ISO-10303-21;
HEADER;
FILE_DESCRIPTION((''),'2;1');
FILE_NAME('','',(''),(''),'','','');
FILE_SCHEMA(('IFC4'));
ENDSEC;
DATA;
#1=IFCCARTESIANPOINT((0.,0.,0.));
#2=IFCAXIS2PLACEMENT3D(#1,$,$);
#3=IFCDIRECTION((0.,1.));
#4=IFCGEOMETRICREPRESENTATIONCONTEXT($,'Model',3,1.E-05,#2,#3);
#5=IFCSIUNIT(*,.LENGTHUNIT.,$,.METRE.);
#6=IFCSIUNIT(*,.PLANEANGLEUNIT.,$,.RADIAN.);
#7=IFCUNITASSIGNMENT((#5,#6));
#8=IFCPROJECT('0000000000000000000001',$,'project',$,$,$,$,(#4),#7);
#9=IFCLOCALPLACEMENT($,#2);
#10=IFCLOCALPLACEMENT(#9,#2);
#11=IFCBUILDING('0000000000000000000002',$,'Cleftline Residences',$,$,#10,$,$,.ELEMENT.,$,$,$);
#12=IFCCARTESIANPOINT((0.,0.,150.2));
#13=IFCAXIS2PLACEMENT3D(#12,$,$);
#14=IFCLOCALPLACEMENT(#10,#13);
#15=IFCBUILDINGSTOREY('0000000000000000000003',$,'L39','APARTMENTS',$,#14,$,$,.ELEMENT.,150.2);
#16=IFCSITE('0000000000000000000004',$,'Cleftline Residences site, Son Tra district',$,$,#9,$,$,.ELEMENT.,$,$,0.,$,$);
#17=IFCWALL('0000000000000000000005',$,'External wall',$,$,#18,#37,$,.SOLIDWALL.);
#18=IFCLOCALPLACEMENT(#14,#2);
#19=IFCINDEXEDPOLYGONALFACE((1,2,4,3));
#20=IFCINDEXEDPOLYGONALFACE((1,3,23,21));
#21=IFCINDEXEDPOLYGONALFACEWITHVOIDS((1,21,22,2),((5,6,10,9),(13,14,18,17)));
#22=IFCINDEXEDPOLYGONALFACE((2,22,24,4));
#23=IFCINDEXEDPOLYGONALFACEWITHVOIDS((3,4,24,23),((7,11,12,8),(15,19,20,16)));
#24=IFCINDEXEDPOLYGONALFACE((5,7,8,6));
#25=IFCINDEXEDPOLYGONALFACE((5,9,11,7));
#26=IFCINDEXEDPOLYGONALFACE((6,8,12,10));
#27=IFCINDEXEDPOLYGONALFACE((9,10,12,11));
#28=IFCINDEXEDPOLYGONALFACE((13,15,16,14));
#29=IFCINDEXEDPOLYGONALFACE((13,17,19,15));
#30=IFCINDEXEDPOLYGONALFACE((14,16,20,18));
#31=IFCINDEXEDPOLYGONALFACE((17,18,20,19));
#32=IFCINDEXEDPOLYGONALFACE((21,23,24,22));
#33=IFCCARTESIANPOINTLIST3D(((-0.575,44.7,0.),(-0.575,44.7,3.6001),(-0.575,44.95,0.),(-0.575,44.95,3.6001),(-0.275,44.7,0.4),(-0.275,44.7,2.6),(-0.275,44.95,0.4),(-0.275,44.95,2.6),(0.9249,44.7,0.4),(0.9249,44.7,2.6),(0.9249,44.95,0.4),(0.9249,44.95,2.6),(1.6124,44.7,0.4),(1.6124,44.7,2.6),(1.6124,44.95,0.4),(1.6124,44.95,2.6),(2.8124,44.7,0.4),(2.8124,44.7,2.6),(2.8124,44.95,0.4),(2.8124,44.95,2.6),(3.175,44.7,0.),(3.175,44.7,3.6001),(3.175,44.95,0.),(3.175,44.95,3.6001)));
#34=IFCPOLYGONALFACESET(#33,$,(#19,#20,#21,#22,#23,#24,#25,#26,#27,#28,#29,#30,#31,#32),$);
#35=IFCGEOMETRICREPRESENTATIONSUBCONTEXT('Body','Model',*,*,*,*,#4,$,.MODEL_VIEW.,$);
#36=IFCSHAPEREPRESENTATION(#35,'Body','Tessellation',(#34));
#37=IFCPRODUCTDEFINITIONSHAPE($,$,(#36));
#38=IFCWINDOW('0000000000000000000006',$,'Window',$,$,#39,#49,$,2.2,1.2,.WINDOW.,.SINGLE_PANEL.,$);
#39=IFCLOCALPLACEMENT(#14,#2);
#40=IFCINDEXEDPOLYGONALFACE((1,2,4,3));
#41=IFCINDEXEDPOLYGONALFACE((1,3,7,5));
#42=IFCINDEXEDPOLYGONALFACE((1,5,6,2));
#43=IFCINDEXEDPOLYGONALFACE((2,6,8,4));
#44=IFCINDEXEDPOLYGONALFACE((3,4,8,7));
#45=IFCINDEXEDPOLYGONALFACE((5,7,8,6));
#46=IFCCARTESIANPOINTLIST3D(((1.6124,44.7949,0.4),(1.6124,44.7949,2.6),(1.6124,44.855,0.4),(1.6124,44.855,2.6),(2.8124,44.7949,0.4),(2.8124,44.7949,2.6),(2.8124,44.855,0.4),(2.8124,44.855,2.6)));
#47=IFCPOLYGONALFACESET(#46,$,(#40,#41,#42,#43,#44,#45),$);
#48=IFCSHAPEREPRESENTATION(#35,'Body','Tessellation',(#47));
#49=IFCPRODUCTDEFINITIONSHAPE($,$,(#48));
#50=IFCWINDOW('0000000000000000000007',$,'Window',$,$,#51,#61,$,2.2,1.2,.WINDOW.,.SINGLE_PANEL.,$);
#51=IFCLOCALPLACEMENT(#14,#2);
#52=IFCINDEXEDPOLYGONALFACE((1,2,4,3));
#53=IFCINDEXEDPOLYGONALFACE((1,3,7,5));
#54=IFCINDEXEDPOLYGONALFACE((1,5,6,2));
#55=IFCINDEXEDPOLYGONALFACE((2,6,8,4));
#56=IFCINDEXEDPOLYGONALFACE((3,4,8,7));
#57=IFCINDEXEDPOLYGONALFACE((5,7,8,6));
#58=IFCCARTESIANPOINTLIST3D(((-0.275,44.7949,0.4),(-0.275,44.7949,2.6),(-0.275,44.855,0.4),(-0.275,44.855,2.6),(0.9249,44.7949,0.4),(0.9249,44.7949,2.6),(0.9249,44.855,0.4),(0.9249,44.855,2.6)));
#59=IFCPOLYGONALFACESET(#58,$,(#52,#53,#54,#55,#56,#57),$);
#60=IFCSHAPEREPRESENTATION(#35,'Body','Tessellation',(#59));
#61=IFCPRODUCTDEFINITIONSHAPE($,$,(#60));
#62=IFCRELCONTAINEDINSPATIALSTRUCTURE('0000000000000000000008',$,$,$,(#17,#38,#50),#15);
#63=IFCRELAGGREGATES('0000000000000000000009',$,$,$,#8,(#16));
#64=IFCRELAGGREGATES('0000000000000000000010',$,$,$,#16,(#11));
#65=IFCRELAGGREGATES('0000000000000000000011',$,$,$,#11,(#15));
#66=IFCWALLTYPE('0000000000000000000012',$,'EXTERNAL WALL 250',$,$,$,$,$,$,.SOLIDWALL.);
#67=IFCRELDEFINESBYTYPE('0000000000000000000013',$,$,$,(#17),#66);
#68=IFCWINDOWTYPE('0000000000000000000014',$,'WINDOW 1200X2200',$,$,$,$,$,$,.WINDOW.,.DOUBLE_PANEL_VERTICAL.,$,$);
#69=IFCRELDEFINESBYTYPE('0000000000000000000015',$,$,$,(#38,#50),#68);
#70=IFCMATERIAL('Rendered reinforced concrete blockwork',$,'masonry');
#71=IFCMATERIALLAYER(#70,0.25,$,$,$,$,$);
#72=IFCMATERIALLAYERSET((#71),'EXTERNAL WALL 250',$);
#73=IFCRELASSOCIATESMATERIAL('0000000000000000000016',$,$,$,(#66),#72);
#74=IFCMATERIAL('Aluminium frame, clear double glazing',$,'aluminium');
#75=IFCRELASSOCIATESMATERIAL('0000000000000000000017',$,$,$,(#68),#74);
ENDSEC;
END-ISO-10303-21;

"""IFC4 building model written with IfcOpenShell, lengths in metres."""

from ifc_helpers import new_model, si_unit, direction, frame, frame_2d, origin, place, context, subcontext, project, spatial, rectangle, extrude, material, layer, layer_set, type_object, element, fill, save


model = new_model("IFC4")

# Units and contexts
model_context = context("Model", 3, precision=1e-05, world=origin(), true_north=direction((0.0, 1.0)))
body_context = subcontext(model_context, "Body", "Model", "MODEL_VIEW")
ifc_project = project(units=[si_unit("LENGTHUNIT", "METRE"), si_unit("PLANEANGLEUNIT", "RADIAN")], contexts=[model_context])

# Site, building, storey
site_placement = place(None, origin())
site = spatial("IfcSite", under=ifc_project, at=site_placement, Name="Cleftline Residences site, Son Tra district", CompositionType="ELEMENT", RefElevation=0.0)
building_placement = place(site_placement, origin())
building = spatial("IfcBuilding", under=site, at=building_placement, Name="Cleftline Residences", CompositionType="ELEMENT")
storey_placement = place(building_placement, frame((0.0, 0.0, 150.2)))
storey = spatial("IfcBuildingStorey", under=building, at=storey_placement, Name="L39", Description="APARTMENTS", CompositionType="ELEMENT", Elevation=150.2)

# Shared definitions
ifc_material_1 = material(Name="Rendered reinforced concrete blockwork", Category="masonry")
ifc_layer_1 = layer(ifc_material_1, 0.25)
ifc_layer_set_1 = layer_set([ifc_layer_1], Name="EXTERNAL WALL 250")
wall_type = type_object("IfcWallType", Name="EXTERNAL WALL 250", PredefinedType="SOLIDWALL", material=ifc_layer_set_1)

# Wall, openings, windows
wall_1_placement = place(storey_placement, frame((3.175, 44.825, 0.0), z_axis=(0.0, 0.0, 1.0), x_axis=(-1.0, 0.0, 0.0)))
wall_1 = element("IfcWall", 1, at=wall_1_placement, inside=storey, type_object=wall_type, Name="External wall", PredefinedType="SOLIDWALL", context=body_context, shape_type="SweptSolid", body=[
    extrude(rectangle(XDim=3.75, YDim=0.25, at=frame_2d((1.875, 0.0))), origin(), (0.0, 0.0, 1.0), 3.6001),
])
opening_1_placement = place(wall_1_placement, frame((0.3625, 0.0, 0.3999)))
opening_1 = element("IfcOpeningElement", 2, at=opening_1_placement, cuts=wall_1, PredefinedType="OPENING", context=body_context, shape_type="SweptSolid", body=[
    extrude(rectangle(XDim=1.2, YDim=2.2, at=frame_2d((0.6001, 1.1001))), frame((0.0, 0.135, 0.0), z_axis=(0.0, -1.0, 0.0), x_axis=(1.0, 0.0, 0.0)), (0.0, 0.0, 1.0), 0.27),
])
opening_2_placement = place(wall_1_placement, frame((2.25, 0.0, 0.3999)))
opening_2 = element("IfcOpeningElement", 3, at=opening_2_placement, cuts=wall_1, PredefinedType="OPENING", context=body_context, shape_type="SweptSolid", body=[
    extrude(rectangle(XDim=1.2, YDim=2.2, at=frame_2d((0.6001, 1.1001))), frame((0.0, 0.135, 0.0), z_axis=(0.0, -1.0, 0.0), x_axis=(1.0, 0.0, 0.0)), (0.0, 0.0, 1.0), 0.27),
])
ifc_material_2 = material(Name="Aluminium frame, clear double glazing", Category="aluminium")
window_type_1 = type_object("IfcWindowType", Name="WINDOW 1200X2200", PartitioningType="DOUBLE_PANEL_VERTICAL", PredefinedType="WINDOW", material=ifc_material_2)
window_1_placement = place(opening_1_placement, origin())
window_1 = element("IfcWindow", 4, at=window_1_placement, inside=storey, type_object=window_type_1, Name="Window", OverallHeight=2.2, OverallWidth=1.2, PartitioningType="SINGLE_PANEL", PredefinedType="WINDOW", context=body_context, shape_type="SweptSolid", body=[
    extrude(rectangle(XDim=1.2, YDim=2.2, at=frame_2d((0.6001, 1.1001))), frame((0.0, 0.03, 0.0), z_axis=(0.0, -1.0, 0.0), x_axis=(1.0, 0.0, 0.0)), (0.0, 0.0, 1.0), 0.0601),
])
fill(opening_1, window_1)
window_2_placement = place(opening_2_placement, origin())
window_2 = element("IfcWindow", 5, at=window_2_placement, inside=storey, type_object=window_type_1, Name="Window", OverallHeight=2.2, OverallWidth=1.2, PartitioningType="SINGLE_PANEL", PredefinedType="WINDOW", context=body_context, shape_type="SweptSolid", body=[
    extrude(rectangle(XDim=1.2, YDim=2.2, at=frame_2d((0.6001, 1.1001))), frame((0.0, 0.03, 0.0), z_axis=(0.0, -1.0, 0.0), x_axis=(1.0, 0.0, 0.0)), (0.0, 0.0, 1.0), 0.0601),
])
fill(opening_2, window_2)

save(model, "model.ifc")
